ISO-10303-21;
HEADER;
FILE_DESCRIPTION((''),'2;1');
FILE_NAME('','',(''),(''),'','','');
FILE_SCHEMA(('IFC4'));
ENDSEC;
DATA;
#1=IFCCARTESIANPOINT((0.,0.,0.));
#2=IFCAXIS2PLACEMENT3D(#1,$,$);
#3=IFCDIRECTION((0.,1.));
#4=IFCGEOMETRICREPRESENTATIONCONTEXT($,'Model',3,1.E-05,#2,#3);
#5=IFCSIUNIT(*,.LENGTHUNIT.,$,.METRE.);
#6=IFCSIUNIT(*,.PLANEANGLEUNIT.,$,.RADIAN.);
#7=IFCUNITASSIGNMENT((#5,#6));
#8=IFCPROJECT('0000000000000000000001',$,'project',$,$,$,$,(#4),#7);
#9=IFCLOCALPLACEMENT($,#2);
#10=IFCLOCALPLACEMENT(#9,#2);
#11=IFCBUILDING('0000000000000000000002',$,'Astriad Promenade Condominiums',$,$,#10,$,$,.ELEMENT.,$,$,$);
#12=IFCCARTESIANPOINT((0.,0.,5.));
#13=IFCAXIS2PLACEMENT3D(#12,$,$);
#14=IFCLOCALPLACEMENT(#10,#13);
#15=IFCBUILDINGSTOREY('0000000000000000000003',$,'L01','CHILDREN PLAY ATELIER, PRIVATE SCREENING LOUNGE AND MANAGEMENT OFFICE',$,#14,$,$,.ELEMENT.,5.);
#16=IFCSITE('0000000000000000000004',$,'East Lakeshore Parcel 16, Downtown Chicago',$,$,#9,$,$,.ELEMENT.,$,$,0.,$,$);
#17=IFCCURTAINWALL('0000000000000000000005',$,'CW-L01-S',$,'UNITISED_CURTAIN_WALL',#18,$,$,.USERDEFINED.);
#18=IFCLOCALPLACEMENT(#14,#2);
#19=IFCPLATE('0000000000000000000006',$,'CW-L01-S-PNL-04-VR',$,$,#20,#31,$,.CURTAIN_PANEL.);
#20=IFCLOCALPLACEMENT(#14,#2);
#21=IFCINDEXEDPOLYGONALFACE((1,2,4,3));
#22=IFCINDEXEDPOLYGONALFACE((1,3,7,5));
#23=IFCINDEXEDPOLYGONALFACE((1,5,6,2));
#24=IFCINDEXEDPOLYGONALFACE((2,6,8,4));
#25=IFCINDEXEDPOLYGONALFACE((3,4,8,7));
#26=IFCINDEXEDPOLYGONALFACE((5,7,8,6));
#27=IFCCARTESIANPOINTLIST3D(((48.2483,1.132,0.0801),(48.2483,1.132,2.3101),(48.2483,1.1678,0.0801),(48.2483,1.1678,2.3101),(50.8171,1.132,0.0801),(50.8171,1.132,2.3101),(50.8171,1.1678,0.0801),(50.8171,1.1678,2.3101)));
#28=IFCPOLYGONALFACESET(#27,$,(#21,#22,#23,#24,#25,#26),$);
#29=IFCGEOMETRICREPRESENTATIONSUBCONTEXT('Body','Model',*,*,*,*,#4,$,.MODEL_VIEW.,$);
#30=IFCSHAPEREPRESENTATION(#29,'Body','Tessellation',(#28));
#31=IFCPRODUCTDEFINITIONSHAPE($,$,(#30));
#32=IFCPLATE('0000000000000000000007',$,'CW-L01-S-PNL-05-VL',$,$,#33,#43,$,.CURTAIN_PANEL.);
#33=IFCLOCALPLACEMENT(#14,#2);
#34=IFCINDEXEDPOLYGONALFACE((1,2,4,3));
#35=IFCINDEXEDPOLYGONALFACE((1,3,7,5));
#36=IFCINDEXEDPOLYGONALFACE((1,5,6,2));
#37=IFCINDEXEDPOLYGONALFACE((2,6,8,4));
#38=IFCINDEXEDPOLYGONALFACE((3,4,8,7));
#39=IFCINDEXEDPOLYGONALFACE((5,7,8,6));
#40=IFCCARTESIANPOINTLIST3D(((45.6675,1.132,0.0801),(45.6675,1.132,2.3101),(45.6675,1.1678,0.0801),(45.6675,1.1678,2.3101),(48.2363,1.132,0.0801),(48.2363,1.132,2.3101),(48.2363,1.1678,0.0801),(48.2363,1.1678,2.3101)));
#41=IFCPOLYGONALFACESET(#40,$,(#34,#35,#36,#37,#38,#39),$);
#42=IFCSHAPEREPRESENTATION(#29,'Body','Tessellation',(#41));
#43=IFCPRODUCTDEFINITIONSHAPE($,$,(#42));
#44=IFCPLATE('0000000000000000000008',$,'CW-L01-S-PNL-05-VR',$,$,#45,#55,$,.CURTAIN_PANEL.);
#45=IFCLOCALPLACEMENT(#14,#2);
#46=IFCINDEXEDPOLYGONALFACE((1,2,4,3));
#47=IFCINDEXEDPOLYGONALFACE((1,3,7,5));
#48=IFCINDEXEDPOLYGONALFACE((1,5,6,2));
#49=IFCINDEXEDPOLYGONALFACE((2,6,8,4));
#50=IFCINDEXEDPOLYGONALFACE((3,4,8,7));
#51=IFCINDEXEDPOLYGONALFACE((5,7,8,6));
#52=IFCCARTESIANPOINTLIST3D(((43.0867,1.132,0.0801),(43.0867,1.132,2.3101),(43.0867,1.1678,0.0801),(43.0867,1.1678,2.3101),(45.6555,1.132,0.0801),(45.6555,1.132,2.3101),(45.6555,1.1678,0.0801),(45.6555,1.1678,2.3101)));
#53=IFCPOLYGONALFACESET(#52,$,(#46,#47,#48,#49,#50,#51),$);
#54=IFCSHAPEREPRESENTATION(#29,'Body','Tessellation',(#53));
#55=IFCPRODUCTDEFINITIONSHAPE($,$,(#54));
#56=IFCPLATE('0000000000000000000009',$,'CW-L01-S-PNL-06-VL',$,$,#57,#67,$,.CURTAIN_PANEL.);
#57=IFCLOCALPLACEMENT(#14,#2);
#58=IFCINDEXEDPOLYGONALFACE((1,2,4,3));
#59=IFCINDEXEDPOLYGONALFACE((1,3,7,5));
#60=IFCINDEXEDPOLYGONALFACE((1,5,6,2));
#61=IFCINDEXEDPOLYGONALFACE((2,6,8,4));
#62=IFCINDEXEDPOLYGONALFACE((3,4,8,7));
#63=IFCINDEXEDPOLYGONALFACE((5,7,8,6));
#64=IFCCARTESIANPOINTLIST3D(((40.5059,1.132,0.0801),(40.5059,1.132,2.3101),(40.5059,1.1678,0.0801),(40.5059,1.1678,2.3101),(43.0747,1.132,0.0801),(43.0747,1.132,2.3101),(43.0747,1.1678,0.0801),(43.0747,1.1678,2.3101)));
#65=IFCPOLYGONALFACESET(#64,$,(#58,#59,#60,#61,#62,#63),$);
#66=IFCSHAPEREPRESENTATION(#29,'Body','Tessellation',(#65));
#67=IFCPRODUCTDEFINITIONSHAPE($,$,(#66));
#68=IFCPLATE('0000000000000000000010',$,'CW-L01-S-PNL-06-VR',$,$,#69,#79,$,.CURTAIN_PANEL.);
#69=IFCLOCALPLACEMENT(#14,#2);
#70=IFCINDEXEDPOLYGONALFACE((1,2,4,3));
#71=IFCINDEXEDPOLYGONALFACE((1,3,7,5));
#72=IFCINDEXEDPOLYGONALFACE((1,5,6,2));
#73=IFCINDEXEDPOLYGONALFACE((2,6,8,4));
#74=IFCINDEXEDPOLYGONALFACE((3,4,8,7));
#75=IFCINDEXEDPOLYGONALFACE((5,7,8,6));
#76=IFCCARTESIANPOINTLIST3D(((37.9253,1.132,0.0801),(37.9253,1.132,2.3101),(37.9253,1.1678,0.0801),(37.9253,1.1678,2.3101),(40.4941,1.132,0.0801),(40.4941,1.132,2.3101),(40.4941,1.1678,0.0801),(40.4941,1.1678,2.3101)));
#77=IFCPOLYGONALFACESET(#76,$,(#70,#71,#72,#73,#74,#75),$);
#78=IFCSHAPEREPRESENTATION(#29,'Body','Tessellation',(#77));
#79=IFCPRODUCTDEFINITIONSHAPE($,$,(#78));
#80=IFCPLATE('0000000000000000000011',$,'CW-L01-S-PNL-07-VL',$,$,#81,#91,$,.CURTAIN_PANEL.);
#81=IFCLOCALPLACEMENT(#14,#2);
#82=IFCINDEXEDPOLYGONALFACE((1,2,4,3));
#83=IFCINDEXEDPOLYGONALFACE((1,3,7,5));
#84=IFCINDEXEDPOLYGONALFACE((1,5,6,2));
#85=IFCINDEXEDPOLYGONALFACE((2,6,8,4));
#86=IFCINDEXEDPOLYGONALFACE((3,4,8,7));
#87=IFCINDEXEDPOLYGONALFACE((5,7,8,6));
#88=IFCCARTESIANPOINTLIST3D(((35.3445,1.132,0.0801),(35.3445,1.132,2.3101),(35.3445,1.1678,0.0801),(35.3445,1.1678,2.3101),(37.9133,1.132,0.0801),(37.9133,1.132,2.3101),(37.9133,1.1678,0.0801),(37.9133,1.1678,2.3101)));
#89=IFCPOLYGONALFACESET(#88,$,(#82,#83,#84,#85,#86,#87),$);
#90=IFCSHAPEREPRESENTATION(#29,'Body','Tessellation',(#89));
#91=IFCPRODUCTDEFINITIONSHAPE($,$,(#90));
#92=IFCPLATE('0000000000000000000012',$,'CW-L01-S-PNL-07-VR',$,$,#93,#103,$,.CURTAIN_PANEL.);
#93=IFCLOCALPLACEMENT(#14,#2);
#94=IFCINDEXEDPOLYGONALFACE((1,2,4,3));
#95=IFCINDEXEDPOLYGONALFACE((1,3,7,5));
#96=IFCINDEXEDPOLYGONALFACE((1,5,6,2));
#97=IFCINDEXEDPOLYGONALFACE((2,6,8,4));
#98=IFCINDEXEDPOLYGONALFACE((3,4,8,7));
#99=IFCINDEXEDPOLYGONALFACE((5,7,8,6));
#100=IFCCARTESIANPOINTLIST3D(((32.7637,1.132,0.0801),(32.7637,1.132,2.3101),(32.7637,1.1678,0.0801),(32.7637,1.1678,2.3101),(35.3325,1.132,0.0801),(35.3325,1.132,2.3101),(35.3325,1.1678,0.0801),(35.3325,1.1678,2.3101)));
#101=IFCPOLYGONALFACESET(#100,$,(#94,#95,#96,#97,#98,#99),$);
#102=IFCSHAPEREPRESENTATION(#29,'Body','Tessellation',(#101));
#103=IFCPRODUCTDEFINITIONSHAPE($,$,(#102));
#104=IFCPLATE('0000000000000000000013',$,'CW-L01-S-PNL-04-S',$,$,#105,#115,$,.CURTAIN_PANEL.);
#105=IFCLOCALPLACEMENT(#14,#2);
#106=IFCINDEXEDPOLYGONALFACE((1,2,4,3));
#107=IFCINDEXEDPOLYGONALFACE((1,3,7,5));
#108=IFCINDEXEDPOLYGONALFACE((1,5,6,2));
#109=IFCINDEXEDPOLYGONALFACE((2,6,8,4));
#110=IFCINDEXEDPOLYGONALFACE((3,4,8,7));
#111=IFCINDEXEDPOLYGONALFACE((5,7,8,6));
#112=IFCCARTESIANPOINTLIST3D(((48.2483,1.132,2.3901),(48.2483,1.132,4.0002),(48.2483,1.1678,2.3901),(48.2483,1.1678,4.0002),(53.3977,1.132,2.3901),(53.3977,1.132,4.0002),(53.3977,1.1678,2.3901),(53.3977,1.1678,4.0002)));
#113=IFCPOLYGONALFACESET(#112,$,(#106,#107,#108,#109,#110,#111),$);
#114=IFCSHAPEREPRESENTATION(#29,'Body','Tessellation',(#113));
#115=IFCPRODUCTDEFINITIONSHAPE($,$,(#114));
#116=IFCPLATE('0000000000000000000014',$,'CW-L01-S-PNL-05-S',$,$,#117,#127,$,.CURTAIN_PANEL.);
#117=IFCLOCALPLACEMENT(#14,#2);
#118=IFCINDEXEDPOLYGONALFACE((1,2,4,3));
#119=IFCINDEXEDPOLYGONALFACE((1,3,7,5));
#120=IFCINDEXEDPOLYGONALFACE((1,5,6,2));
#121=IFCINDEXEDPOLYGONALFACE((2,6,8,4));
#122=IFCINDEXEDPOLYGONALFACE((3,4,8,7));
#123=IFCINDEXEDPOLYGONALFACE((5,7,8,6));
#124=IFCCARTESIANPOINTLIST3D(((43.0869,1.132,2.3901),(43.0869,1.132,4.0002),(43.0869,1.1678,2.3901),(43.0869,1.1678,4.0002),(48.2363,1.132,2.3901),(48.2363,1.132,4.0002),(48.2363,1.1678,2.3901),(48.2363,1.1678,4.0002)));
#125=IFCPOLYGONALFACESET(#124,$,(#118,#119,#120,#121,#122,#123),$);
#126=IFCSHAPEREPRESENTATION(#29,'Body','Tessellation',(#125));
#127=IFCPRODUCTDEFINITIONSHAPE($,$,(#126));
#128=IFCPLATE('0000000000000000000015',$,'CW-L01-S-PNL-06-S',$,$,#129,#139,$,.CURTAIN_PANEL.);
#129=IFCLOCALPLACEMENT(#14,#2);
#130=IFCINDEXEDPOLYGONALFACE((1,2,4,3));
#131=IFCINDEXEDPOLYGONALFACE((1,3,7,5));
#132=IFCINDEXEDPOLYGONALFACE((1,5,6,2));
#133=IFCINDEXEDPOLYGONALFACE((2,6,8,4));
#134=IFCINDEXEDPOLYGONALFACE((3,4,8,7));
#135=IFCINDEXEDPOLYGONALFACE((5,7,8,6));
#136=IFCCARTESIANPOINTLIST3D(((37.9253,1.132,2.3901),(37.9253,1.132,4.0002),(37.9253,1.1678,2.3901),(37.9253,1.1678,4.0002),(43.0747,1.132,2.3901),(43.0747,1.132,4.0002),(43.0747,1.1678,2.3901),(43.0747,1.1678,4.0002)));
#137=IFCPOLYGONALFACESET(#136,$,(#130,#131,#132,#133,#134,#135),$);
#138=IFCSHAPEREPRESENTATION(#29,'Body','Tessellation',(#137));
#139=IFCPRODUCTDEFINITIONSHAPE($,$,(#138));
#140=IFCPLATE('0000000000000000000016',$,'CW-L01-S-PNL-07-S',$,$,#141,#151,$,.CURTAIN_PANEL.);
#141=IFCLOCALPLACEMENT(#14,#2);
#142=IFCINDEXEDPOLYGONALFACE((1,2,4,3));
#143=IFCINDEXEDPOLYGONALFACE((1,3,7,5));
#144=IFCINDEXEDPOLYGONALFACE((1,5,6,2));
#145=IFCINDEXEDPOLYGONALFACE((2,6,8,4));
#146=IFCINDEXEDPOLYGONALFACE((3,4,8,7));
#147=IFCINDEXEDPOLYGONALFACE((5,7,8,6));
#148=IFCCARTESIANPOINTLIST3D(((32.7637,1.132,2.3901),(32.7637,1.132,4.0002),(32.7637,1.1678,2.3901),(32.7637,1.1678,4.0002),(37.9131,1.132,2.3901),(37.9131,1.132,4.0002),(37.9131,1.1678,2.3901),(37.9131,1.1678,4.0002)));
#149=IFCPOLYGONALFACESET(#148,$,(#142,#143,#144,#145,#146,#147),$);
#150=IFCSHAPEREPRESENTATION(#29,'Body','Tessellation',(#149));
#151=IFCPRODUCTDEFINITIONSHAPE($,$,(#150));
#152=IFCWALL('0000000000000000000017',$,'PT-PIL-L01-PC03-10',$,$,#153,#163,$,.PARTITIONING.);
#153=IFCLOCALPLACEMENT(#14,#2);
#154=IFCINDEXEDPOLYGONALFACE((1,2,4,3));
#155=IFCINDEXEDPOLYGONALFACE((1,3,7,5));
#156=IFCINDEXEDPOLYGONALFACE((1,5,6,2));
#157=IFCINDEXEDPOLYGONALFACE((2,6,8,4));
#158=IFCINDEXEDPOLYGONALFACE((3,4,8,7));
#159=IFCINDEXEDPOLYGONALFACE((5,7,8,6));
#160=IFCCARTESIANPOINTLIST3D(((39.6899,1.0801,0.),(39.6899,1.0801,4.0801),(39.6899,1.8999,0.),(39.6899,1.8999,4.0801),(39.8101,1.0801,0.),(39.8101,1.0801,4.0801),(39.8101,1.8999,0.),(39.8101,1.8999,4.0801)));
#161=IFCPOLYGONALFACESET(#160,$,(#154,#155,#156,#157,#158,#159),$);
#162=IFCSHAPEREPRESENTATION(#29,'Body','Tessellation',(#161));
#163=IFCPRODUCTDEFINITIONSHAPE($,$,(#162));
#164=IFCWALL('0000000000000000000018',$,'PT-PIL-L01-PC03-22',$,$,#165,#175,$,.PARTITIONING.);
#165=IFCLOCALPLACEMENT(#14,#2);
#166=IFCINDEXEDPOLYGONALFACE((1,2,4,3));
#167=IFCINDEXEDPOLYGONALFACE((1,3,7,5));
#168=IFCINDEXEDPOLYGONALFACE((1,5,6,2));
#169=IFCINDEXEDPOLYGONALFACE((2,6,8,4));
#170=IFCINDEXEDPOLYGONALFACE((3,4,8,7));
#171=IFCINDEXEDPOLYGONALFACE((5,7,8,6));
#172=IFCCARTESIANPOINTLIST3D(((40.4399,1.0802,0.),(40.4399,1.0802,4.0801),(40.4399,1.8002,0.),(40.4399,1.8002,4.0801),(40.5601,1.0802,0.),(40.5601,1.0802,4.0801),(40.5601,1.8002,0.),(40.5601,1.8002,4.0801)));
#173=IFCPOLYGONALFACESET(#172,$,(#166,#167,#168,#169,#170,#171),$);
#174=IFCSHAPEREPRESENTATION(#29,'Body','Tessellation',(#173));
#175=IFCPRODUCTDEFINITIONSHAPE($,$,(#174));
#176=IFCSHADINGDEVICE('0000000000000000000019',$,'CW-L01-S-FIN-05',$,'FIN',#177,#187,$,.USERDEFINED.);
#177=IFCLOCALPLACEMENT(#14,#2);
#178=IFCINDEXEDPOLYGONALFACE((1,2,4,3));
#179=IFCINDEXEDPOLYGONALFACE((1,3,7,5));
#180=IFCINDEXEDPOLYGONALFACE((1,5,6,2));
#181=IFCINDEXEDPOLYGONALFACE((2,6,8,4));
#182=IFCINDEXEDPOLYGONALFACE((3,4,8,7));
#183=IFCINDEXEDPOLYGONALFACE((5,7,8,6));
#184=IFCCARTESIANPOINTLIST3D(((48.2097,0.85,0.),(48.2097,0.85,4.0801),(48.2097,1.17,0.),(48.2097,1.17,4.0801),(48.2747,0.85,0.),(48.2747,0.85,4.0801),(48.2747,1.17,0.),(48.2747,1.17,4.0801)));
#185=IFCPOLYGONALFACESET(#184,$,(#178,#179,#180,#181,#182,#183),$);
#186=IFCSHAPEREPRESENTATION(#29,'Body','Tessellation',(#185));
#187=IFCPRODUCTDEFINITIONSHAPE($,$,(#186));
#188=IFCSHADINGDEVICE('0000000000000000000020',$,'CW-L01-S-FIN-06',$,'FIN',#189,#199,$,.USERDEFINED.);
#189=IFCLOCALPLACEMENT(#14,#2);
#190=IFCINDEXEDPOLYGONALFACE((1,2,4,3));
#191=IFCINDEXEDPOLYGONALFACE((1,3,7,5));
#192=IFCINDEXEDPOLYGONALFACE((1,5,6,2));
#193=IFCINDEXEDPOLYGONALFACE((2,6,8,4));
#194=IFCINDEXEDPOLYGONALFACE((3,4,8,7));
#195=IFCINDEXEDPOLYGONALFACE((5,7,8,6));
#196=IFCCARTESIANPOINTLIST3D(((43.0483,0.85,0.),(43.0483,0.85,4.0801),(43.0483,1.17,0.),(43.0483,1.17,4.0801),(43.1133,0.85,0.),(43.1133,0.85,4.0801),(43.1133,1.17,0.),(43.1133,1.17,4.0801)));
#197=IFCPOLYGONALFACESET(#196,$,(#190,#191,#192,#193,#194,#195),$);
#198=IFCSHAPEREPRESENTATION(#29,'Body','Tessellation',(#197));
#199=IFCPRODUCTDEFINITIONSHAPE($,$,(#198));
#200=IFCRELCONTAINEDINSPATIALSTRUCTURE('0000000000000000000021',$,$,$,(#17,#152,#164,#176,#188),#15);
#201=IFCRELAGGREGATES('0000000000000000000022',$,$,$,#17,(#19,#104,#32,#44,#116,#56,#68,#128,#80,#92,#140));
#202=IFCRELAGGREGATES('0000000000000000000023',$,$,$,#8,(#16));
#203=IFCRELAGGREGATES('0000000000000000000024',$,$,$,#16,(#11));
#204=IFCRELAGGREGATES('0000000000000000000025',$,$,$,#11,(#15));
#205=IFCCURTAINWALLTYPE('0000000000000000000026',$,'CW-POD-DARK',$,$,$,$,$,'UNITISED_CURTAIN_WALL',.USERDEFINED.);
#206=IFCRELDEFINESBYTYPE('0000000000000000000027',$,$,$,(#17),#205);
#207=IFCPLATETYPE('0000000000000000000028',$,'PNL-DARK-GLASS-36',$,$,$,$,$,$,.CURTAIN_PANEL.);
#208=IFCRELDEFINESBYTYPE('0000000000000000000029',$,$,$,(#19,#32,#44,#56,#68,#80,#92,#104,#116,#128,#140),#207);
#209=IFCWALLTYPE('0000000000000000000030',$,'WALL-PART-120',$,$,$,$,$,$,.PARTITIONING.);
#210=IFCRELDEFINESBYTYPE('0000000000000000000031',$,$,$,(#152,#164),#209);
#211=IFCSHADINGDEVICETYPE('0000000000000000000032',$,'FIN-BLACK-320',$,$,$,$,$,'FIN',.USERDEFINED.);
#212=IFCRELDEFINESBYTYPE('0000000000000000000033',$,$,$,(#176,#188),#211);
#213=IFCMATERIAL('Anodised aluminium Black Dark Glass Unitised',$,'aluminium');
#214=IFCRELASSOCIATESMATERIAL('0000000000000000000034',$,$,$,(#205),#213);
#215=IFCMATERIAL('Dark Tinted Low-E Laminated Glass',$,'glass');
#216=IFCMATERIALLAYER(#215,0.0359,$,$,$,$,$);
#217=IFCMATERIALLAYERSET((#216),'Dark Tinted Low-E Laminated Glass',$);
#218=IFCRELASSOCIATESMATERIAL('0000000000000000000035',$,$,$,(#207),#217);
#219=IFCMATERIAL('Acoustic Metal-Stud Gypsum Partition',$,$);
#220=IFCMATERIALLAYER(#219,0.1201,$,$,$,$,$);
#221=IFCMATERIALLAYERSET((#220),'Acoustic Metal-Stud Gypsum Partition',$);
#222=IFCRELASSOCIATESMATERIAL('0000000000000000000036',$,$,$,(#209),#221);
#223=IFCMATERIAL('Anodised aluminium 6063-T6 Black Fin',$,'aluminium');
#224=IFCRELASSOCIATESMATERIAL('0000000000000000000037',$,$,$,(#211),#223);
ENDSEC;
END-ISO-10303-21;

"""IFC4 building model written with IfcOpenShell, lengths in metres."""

from ifc_helpers import new_model, si_unit, direction, frame, frame_2d, origin, origin_2d, place, context, subcontext, project, spatial, rectangle, extrude, source, transform, mapped, material, layer, layer_set, type_object, type_shapes, element, aggregate, save


model = new_model("IFC4")

# Units and contexts
model_context = context("Model", 3, precision=1e-05, world=origin(), true_north=direction((0.0, 1.0)))
body_context = subcontext(model_context, "Body", "Model", "MODEL_VIEW")
ifc_project = project(units=[si_unit("LENGTHUNIT", "METRE"), si_unit("PLANEANGLEUNIT", "RADIAN")], contexts=[model_context])

# Site, building, storey
site_placement = place(None, origin())
site = spatial("IfcSite", under=ifc_project, at=site_placement, Name="East Lakeshore Parcel 16, Downtown Chicago", CompositionType="ELEMENT", RefElevation=0.0)
building_placement = place(site_placement, origin())
building = spatial("IfcBuilding", under=site, at=building_placement, Name="Astriad Promenade Condominiums", CompositionType="ELEMENT")
storey_placement = place(building_placement, frame((0.0, 0.0, 5.0)))
storey = spatial("IfcBuildingStorey", under=building, at=storey_placement, Name="L01", Description="CHILDREN PLAY ATELIER, PRIVATE SCREENING LOUNGE AND MANAGEMENT OFFICE", CompositionType="ELEMENT", Elevation=5.0)

# Curtain wall
ifc_material_1 = material(Name="Anodised aluminium Black Dark Glass Unitised", Category="aluminium")
curtain_wall_type = type_object("IfcCurtainWallType", Name="CW-POD-DARK", ElementType="UNITISED_CURTAIN_WALL", PredefinedType="USERDEFINED", material=ifc_material_1)
curtain_wall_placement = place(storey_placement, origin())
curtain_wall = element("IfcCurtainWall", 1, at=curtain_wall_placement, inside=storey, type_object=curtain_wall_type, Name="CW-L01-S", ObjectType="UNITISED_CURTAIN_WALL", PredefinedType="USERDEFINED")

# Plates
ifc_material_2 = material(Name="Dark Tinted Low-E Laminated Glass", Category="glass")
ifc_layer_1 = layer(ifc_material_2, 0.0359)
ifc_layer_set_1 = layer_set([ifc_layer_1], Name="Dark Tinted Low-E Laminated Glass")
plate_type_1 = type_object("IfcPlateType", Name="PNL-DARK-GLASS-36", PredefinedType="CURTAIN_PANEL", material=ifc_layer_set_1)
shared_shape_1 = source(origin(), body_context, "Body", "SweptSolid", [
    extrude(rectangle(XDim=2.5688, YDim=0.0359, at=origin_2d()), origin(), (0.0, 0.0, 1.0), 2.23),
])
plate_1_placement = place(storey_placement, frame((49.5327, 1.1499, 0.0801), z_axis=(0.0, 0.0, 1.0), x_axis=(-1.0, 0.0, 0.0)))
plate_1 = element("IfcPlate", 2, at=plate_1_placement, type_object=plate_type_1, Name="CW-L01-S-PNL-04-VR", PredefinedType="CURTAIN_PANEL", context=body_context, shape_type="MappedRepresentation", body=[
    mapped(shared_shape_1, transform((0.0, 0.0, 0.0), scale=1.0)),
])
plate_2_placement = place(storey_placement, frame((46.9519, 1.1499, 0.0801), z_axis=(0.0, 0.0, 1.0), x_axis=(-1.0, 0.0, 0.0)))
plate_2 = element("IfcPlate", 3, at=plate_2_placement, type_object=plate_type_1, Name="CW-L01-S-PNL-05-VL", PredefinedType="CURTAIN_PANEL", context=body_context, shape_type="MappedRepresentation", body=[
    mapped(shared_shape_1, transform((0.0, 0.0, 0.0), scale=1.0)),
])
plate_3_placement = place(storey_placement, frame((44.3711, 1.1499, 0.0801), z_axis=(0.0, 0.0, 1.0), x_axis=(-1.0, 0.0, 0.0)))
plate_3 = element("IfcPlate", 4, at=plate_3_placement, type_object=plate_type_1, Name="CW-L01-S-PNL-05-VR", PredefinedType="CURTAIN_PANEL", context=body_context, shape_type="MappedRepresentation", body=[
    mapped(shared_shape_1, transform((0.0, 0.0, 0.0), scale=1.0)),
])
plate_4_placement = place(storey_placement, frame((41.7903, 1.1499, 0.0801), z_axis=(0.0, 0.0, 1.0), x_axis=(-1.0, 0.0, 0.0)))
plate_4 = element("IfcPlate", 5, at=plate_4_placement, type_object=plate_type_1, Name="CW-L01-S-PNL-06-VL", PredefinedType="CURTAIN_PANEL", context=body_context, shape_type="MappedRepresentation", body=[
    mapped(shared_shape_1, transform((0.0, 0.0, 0.0), scale=1.0)),
])
plate_5_placement = place(storey_placement, frame((39.2097, 1.1499, 0.0801), z_axis=(0.0, 0.0, 1.0), x_axis=(-1.0, 0.0, 0.0)))
plate_5 = element("IfcPlate", 6, at=plate_5_placement, type_object=plate_type_1, Name="CW-L01-S-PNL-06-VR", PredefinedType="CURTAIN_PANEL", context=body_context, shape_type="MappedRepresentation", body=[
    mapped(shared_shape_1, transform((0.0, 0.0, 0.0), scale=1.0)),
])
plate_6_placement = place(storey_placement, frame((36.6289, 1.1499, 0.0801), z_axis=(0.0, 0.0, 1.0), x_axis=(-1.0, 0.0, 0.0)))
plate_6 = element("IfcPlate", 7, at=plate_6_placement, type_object=plate_type_1, Name="CW-L01-S-PNL-07-VL", PredefinedType="CURTAIN_PANEL", context=body_context, shape_type="MappedRepresentation", body=[
    mapped(shared_shape_1, transform((0.0, 0.0, 0.0), scale=1.0)),
])
plate_7_placement = place(storey_placement, frame((34.0481, 1.1499, 0.0801), z_axis=(0.0, 0.0, 1.0), x_axis=(-1.0, 0.0, 0.0)))
plate_7 = element("IfcPlate", 8, at=plate_7_placement, type_object=plate_type_1, Name="CW-L01-S-PNL-07-VR", PredefinedType="CURTAIN_PANEL", context=body_context, shape_type="MappedRepresentation", body=[
    mapped(shared_shape_1, transform((0.0, 0.0, 0.0), scale=1.0)),
])
shared_shape_2 = source(origin(), body_context, "Body", "SweptSolid", [
    extrude(rectangle(XDim=5.1494, YDim=0.0359, at=origin_2d()), origin(), (0.0, 0.0, 1.0), 1.6101),
])
type_shapes(plate_type_1, [shared_shape_1, shared_shape_2])
plate_8_placement = place(storey_placement, frame((50.823, 1.1499, 2.3901), z_axis=(0.0, 0.0, 1.0), x_axis=(-1.0, 0.0, 0.0)))
plate_8 = element("IfcPlate", 9, at=plate_8_placement, type_object=plate_type_1, Name="CW-L01-S-PNL-04-S", PredefinedType="CURTAIN_PANEL", context=body_context, shape_type="MappedRepresentation", body=[
    mapped(shared_shape_2, transform((0.0, 0.0, 0.0), scale=1.0)),
])
plate_9_placement = place(storey_placement, frame((45.6616, 1.1499, 2.3901), z_axis=(0.0, 0.0, 1.0), x_axis=(-1.0, 0.0, 0.0)))
plate_9 = element("IfcPlate", 10, at=plate_9_placement, type_object=plate_type_1, Name="CW-L01-S-PNL-05-S", PredefinedType="CURTAIN_PANEL", context=body_context, shape_type="MappedRepresentation", body=[
    mapped(shared_shape_2, transform((0.0, 0.0, 0.0), scale=1.0)),
])
plate_10_placement = place(storey_placement, frame((40.5, 1.1499, 2.3901), z_axis=(0.0, 0.0, 1.0), x_axis=(-1.0, 0.0, 0.0)))
plate_10 = element("IfcPlate", 11, at=plate_10_placement, type_object=plate_type_1, Name="CW-L01-S-PNL-06-S", PredefinedType="CURTAIN_PANEL", context=body_context, shape_type="MappedRepresentation", body=[
    mapped(shared_shape_2, transform((0.0, 0.0, 0.0), scale=1.0)),
])
plate_11_placement = place(storey_placement, frame((35.3384, 1.1499, 2.3901), z_axis=(0.0, 0.0, 1.0), x_axis=(-1.0, 0.0, 0.0)))
plate_11 = element("IfcPlate", 12, at=plate_11_placement, type_object=plate_type_1, Name="CW-L01-S-PNL-07-S", PredefinedType="CURTAIN_PANEL", context=body_context, shape_type="MappedRepresentation", body=[
    mapped(shared_shape_2, transform((0.0, 0.0, 0.0), scale=1.0)),
])
aggregate(curtain_wall, [plate_1, plate_8, plate_2, plate_3, plate_9, plate_4, plate_5, plate_10, plate_6, plate_7, plate_11])

# Walls
ifc_material_3 = material(Name="Acoustic Metal-Stud Gypsum Partition")
ifc_layer_2 = layer(ifc_material_3, 0.1201)
ifc_layer_set_2 = layer_set([ifc_layer_2], Name="Acoustic Metal-Stud Gypsum Partition")
wall_type = type_object("IfcWallType", Name="WALL-PART-120", PredefinedType="PARTITIONING", material=ifc_layer_set_2)
wall_1_placement = place(storey_placement, frame((39.75, 1.8999, 0.0), z_axis=(0.0, 0.0, 1.0), x_axis=(0.0, -1.0, 0.0)))
element("IfcWall", 13, at=wall_1_placement, inside=storey, type_object=wall_type, Name="PT-PIL-L01-PC03-10", PredefinedType="PARTITIONING", context=body_context, shape_type="SweptSolid", body=[
    extrude(rectangle(XDim=0.8198, YDim=0.1201, at=frame_2d((0.4099, 0.0))), origin(), (0.0, 0.0, 1.0), 4.0801),
])
wall_2_placement = place(storey_placement, frame((40.5, 1.8, 0.0), z_axis=(0.0, 0.0, 1.0), x_axis=(0.0, -1.0, 0.0)))
element("IfcWall", 14, at=wall_2_placement, inside=storey, type_object=wall_type, Name="PT-PIL-L01-PC03-22", PredefinedType="PARTITIONING", context=body_context, shape_type="SweptSolid", body=[
    extrude(rectangle(XDim=0.72, YDim=0.1201, at=frame_2d((0.3599, 0.0))), origin(), (0.0, 0.0, 1.0), 4.0801),
])

# Shading devices
ifc_material_4 = material(Name="Anodised aluminium 6063-T6 Black Fin", Category="aluminium")
shading_device_type = type_object("IfcShadingDeviceType", Name="FIN-BLACK-320", ElementType="FIN", PredefinedType="USERDEFINED", material=ifc_material_4)
shared_shape_3 = source(origin(), body_context, "Body", "SweptSolid", [
    extrude(rectangle(XDim=0.0649, YDim=0.3201, at=origin_2d()), origin(), (0.0, 0.0, 1.0), 4.0801),
])
type_shapes(shading_device_type, [shared_shape_3])
for number, where, z_axis, x_axis, name in (
    (15, (48.2422, 1.01, 0.0), (0.0, 0.0, 1.0), (-1.0, 0.0, 0.0), "CW-L01-S-FIN-05"),
    (16, (43.0808, 1.01, 0.0), (0.0, 0.0, 1.0), (-1.0, 0.0, 0.0), "CW-L01-S-FIN-06"),
):
    element("IfcShadingDevice", number, at=place(storey_placement, frame(where, z_axis=z_axis, x_axis=x_axis)), inside=storey, type_object=shading_device_type, Name=name, ObjectType="FIN", PredefinedType="USERDEFINED", context=body_context, shape_type="MappedRepresentation", body=[
        mapped(shared_shape_3, transform((0.0, 0.0, 0.0), scale=1.0)),
    ])

save(model, "model.ifc")
